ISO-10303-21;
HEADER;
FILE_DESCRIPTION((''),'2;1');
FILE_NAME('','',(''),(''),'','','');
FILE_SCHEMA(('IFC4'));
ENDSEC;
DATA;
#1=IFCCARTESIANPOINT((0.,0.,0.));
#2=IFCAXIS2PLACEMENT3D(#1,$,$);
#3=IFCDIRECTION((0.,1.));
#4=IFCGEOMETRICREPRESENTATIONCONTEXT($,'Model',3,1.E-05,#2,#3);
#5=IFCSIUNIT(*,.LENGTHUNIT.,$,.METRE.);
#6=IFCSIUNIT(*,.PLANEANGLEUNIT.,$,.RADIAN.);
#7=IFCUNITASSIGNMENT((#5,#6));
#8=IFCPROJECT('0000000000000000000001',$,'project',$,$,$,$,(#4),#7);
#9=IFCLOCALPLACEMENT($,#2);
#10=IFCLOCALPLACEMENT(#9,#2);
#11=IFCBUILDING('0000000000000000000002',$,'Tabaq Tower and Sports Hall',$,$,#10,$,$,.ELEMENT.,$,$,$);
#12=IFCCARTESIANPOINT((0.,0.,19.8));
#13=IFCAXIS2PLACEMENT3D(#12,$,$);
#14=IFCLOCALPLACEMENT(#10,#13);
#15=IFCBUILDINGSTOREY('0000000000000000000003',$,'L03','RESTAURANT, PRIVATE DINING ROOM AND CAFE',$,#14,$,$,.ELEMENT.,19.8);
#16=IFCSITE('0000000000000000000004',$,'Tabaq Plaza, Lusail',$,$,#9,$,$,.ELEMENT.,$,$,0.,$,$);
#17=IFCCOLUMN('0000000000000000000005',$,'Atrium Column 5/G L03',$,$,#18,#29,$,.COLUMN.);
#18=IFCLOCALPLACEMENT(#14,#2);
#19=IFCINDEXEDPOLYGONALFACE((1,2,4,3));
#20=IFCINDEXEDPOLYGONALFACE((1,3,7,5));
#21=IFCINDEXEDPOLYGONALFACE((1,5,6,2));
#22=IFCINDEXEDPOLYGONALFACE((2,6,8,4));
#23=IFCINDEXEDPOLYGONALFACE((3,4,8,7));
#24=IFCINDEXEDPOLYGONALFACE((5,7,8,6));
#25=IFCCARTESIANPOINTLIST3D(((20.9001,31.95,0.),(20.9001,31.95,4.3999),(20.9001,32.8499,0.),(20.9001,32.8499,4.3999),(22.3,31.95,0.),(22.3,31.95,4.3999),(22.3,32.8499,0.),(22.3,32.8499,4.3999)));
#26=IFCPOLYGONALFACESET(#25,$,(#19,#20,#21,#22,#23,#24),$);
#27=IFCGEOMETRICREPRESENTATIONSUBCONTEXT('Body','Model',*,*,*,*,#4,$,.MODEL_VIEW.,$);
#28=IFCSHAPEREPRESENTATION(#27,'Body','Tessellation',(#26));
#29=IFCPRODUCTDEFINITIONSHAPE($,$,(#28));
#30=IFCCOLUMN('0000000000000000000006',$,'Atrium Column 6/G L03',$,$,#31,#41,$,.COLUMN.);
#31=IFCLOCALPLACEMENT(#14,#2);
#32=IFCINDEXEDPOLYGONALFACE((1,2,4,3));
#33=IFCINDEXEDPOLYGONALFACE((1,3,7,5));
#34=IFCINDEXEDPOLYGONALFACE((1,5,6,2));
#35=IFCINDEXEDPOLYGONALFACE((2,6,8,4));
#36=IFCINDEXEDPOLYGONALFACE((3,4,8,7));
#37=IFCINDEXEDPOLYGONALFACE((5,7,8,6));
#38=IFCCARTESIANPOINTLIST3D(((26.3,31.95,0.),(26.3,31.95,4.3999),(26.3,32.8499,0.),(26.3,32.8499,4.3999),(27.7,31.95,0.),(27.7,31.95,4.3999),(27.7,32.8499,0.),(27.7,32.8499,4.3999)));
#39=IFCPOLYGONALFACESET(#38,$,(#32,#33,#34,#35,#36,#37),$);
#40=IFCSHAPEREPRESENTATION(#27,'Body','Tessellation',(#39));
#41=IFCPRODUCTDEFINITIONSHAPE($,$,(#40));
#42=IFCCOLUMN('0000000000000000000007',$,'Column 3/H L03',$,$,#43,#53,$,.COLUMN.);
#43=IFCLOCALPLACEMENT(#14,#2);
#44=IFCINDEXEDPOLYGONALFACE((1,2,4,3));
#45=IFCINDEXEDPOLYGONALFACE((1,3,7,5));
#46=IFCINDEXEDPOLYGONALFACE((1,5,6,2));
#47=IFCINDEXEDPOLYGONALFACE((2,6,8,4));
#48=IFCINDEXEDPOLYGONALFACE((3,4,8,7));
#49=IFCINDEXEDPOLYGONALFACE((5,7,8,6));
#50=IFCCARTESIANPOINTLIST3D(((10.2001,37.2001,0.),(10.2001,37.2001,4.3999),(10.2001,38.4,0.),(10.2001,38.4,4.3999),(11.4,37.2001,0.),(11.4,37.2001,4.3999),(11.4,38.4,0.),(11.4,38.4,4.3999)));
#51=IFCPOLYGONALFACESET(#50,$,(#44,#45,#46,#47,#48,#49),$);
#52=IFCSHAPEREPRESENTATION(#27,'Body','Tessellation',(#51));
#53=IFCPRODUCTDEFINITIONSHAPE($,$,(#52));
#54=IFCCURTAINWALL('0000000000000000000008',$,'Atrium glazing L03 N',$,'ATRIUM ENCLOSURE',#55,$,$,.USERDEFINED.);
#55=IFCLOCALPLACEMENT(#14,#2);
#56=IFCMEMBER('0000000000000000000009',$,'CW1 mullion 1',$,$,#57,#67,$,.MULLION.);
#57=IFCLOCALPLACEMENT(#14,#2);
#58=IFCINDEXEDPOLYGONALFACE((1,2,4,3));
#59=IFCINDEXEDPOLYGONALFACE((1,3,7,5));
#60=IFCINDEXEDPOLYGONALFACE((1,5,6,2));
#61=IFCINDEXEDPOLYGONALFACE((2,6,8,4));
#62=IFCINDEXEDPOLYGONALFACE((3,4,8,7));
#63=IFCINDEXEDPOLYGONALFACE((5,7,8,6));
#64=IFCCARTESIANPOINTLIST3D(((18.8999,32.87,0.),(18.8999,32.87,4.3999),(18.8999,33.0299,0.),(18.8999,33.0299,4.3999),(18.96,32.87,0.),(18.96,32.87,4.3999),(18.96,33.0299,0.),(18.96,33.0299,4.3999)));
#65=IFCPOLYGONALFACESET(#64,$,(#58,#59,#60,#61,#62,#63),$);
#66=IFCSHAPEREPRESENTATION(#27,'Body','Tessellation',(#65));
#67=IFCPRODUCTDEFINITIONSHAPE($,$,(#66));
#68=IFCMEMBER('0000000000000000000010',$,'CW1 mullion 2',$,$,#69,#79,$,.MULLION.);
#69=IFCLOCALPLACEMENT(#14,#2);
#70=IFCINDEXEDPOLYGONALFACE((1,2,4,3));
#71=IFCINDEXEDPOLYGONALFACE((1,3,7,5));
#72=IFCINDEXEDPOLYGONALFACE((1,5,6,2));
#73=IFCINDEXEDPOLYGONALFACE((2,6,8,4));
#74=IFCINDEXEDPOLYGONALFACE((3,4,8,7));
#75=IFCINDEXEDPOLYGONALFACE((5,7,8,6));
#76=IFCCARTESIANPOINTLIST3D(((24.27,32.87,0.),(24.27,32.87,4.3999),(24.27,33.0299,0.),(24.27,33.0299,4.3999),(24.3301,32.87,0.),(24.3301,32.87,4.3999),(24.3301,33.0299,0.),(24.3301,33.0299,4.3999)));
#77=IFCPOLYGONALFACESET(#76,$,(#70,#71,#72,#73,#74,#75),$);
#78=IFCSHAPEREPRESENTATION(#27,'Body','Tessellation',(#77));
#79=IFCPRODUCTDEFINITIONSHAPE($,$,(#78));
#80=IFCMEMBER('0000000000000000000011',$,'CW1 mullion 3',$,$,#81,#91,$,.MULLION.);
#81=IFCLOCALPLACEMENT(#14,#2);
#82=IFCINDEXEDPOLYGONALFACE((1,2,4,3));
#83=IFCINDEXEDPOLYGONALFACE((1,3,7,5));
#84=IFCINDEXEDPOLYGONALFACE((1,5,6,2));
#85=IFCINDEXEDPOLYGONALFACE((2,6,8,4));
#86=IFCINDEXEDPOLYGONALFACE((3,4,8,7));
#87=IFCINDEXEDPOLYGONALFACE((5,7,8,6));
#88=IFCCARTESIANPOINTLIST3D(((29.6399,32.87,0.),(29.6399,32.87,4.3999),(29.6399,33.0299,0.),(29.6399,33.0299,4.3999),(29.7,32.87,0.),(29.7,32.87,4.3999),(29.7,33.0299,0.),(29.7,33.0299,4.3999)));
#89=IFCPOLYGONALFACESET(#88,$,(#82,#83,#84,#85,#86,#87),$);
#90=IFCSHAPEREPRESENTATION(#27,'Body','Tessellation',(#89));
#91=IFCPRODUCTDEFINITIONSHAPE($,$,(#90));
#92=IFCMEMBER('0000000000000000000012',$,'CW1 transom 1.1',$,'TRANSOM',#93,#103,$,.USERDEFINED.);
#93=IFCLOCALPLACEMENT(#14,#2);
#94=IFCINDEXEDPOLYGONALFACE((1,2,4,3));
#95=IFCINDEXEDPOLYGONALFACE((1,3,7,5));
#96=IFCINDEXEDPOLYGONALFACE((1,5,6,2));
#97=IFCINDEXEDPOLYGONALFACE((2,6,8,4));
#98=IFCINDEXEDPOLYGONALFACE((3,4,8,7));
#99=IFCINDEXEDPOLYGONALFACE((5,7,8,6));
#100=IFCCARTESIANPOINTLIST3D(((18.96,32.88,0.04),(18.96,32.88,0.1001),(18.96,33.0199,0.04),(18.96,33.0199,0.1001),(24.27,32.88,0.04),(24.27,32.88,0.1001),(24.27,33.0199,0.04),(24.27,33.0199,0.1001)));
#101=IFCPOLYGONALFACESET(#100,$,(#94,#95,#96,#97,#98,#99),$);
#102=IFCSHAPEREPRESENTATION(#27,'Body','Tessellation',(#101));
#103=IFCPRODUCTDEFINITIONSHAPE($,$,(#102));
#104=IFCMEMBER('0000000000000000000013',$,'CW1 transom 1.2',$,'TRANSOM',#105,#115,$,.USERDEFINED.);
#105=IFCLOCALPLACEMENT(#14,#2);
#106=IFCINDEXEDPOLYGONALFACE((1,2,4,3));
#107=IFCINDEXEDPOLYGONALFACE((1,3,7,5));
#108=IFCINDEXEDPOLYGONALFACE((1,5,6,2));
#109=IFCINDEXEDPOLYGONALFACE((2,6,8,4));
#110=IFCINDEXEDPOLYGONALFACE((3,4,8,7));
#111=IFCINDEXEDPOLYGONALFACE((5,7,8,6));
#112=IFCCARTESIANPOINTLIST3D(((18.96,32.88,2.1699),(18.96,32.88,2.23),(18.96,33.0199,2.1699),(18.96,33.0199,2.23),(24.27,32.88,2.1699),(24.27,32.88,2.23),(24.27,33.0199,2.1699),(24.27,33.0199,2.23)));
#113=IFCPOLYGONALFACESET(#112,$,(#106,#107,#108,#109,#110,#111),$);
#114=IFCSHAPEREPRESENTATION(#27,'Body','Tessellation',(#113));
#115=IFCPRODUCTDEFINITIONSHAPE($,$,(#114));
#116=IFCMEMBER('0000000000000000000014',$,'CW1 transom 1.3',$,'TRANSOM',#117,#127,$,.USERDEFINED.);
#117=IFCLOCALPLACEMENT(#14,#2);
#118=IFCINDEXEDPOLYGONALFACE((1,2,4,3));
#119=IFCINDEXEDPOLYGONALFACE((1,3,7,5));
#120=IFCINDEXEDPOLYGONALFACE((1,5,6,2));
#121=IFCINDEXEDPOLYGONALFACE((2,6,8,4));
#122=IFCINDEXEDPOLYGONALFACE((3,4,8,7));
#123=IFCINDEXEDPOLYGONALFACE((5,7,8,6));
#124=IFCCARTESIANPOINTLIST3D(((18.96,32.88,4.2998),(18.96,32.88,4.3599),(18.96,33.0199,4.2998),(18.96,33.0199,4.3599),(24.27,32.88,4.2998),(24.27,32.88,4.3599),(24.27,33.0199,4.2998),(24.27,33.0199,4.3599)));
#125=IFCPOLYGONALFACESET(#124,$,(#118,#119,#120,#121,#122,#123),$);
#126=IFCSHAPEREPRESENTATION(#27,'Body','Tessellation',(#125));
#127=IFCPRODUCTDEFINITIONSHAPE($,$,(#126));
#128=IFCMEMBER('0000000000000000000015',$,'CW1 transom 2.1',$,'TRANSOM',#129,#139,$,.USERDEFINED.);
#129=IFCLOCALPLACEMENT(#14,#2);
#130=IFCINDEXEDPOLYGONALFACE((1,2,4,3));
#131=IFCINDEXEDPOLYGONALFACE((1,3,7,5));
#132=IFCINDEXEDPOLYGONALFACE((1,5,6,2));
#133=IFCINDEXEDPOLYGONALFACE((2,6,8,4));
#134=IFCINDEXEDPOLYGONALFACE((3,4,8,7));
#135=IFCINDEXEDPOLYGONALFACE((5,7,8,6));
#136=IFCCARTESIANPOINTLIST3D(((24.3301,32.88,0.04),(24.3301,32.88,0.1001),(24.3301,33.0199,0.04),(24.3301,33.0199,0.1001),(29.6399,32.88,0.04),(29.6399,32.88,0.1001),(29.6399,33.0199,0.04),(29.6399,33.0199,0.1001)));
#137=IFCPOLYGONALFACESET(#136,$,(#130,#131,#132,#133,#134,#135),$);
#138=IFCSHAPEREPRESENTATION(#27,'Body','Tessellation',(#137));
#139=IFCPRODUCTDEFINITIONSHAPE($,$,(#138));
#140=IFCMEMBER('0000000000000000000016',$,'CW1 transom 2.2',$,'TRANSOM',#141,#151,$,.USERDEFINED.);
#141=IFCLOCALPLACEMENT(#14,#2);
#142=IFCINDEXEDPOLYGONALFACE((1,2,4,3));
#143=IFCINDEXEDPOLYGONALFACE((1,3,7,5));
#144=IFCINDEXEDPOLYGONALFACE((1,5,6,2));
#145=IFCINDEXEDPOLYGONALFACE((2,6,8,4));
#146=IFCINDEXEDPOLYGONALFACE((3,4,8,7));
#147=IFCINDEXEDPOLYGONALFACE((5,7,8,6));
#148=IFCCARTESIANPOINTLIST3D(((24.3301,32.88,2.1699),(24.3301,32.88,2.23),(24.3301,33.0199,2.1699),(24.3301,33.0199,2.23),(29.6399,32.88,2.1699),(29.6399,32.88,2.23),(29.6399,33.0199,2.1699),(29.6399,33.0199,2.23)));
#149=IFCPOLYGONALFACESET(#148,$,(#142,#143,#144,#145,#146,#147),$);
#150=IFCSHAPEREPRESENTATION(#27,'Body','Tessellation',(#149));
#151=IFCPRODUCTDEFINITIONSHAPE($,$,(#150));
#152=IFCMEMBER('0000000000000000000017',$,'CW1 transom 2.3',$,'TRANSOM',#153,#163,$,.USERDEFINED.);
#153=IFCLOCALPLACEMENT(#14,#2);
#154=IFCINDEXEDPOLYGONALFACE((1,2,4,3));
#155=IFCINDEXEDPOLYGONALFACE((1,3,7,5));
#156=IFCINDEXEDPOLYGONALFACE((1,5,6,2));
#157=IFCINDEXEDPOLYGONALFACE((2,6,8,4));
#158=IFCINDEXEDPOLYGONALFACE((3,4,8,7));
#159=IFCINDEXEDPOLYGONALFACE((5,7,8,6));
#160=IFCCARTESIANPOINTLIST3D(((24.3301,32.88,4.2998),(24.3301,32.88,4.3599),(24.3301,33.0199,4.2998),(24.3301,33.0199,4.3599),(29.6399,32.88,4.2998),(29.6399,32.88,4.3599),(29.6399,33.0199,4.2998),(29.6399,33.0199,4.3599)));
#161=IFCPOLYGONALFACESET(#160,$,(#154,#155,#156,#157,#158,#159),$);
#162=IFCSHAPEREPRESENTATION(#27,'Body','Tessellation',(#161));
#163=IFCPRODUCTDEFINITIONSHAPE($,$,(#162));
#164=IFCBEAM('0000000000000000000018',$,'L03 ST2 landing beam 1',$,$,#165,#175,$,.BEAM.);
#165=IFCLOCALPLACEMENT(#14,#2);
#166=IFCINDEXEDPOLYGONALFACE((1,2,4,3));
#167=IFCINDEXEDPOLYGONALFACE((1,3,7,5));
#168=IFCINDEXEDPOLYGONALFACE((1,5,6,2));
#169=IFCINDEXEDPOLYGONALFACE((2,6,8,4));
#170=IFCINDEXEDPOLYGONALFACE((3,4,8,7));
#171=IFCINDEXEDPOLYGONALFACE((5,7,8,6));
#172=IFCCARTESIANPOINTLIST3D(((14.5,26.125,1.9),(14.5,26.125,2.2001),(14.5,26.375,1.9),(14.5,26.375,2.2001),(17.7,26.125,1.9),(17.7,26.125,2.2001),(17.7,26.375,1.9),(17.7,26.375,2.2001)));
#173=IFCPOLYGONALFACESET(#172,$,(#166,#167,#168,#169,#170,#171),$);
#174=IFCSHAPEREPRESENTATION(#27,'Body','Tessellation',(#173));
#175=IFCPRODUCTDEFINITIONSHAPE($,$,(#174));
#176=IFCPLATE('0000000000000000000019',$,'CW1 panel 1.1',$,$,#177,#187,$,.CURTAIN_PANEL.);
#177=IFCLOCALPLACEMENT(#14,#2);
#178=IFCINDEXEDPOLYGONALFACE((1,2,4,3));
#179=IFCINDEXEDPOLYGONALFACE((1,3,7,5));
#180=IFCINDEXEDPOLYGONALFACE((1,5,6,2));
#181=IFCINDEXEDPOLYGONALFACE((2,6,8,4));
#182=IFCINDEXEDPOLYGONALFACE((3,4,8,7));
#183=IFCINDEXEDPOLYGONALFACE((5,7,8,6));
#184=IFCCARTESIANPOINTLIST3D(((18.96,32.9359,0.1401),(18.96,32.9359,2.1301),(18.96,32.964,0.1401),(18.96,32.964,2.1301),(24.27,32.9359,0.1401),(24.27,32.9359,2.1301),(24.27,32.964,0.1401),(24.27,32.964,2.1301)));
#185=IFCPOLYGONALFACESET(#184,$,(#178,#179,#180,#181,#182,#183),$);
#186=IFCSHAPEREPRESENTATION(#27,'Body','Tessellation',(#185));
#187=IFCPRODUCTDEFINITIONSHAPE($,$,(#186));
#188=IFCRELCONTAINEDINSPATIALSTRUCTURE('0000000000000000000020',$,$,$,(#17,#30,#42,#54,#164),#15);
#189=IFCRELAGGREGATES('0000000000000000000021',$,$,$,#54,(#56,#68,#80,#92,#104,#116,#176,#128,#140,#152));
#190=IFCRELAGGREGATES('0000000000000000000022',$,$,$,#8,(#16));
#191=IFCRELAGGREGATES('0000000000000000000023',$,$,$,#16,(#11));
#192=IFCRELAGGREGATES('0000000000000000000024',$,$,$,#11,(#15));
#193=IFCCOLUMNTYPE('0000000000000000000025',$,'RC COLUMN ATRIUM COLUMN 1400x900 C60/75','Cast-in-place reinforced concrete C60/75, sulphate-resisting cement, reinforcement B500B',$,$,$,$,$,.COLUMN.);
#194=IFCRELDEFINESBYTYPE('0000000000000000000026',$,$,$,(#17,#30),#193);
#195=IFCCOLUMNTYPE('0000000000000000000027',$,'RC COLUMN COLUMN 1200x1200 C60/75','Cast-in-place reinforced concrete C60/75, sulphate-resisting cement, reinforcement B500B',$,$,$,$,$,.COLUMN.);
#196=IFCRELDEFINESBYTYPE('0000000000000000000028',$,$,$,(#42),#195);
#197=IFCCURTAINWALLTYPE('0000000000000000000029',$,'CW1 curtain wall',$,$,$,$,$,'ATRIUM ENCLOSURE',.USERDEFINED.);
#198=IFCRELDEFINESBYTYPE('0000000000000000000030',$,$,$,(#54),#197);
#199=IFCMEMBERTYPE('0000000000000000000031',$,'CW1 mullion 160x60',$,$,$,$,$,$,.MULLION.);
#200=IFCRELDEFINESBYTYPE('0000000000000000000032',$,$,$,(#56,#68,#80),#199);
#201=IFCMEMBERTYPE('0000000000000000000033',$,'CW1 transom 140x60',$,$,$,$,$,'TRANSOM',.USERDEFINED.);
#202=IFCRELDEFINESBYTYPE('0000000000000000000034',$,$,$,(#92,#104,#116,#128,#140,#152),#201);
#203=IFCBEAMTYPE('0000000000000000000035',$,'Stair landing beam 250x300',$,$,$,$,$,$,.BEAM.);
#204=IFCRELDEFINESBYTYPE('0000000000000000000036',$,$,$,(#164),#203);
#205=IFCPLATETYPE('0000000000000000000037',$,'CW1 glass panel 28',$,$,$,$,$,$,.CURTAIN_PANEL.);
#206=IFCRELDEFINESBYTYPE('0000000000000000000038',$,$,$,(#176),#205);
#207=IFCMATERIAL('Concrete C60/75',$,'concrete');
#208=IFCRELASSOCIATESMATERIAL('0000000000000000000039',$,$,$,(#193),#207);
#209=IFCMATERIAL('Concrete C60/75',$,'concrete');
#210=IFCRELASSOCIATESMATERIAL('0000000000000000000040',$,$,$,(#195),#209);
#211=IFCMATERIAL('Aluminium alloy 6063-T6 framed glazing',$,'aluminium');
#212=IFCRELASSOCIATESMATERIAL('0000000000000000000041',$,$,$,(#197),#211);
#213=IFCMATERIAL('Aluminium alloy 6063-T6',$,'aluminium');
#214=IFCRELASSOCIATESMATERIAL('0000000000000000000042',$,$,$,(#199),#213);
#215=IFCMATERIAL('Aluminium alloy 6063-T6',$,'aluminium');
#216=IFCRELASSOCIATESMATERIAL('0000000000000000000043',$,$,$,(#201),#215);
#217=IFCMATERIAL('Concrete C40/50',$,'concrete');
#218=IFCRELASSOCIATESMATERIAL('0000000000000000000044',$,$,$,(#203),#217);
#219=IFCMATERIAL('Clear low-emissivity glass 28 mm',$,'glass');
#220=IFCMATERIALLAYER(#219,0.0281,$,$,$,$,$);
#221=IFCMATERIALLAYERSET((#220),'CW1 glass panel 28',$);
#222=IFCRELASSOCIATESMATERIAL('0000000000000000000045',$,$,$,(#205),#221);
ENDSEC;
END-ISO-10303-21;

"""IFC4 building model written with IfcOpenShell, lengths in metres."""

from ifc_helpers import new_model, si_unit, direction, frame, origin, origin_2d, place, context, subcontext, project, spatial, rectangle, extrude, material, layer, layer_set, material_profile, profile_set, type_object, element, aggregate, save


model = new_model("IFC4")

# Units and contexts
model_context = context("Model", 3, precision=1e-05, world=origin(), true_north=direction((0.0, 1.0)))
body_context = subcontext(model_context, "Body", "Model", "MODEL_VIEW")
ifc_project = project(units=[si_unit("LENGTHUNIT", "METRE"), si_unit("PLANEANGLEUNIT", "RADIAN")], contexts=[model_context])

# Site, building, storey
site_placement = place(None, origin())
site = spatial("IfcSite", under=ifc_project, at=site_placement, Name="Tabaq Plaza, Lusail", CompositionType="ELEMENT", RefElevation=0.0)
building_placement = place(site_placement, origin())
building = spatial("IfcBuilding", under=site, at=building_placement, Name="Tabaq Tower and Sports Hall", CompositionType="ELEMENT")
storey_placement = place(building_placement, frame((0.0, 0.0, 19.8)))
storey = spatial("IfcBuildingStorey", under=building, at=storey_placement, Name="L03", Description="RESTAURANT, PRIVATE DINING ROOM AND CAFE", CompositionType="ELEMENT", Elevation=19.8)

# Columns
ifc_material_1 = material(Name="Concrete C60/75", Category="concrete")
ifc_material_profile_1 = material_profile(ifc_material_1, rectangle(XDim=1.3999, YDim=0.8999, at=origin_2d()), Name="ATRIUM COLUMN 1400x900")
ifc_profile_set_1 = profile_set([ifc_material_profile_1], Name="Concrete C60/75")
column_type_1 = type_object("IfcColumnType", Name="RC COLUMN ATRIUM COLUMN 1400x900 C60/75", Description="Cast-in-place reinforced concrete C60/75, sulphate-resisting cement, reinforcement B500B", PredefinedType="COLUMN", material=ifc_profile_set_1)
for number, where, z_axis, x_axis, name in (
    (1, (21.6001, 32.3999, 0.0), (0.0, 0.0, 1.0), (1.0, 0.0, 0.0), "Atrium Column 5/G L03"),
    (2, (27.0, 32.3999, 0.0), (0.0, 0.0, 1.0), (1.0, 0.0, 0.0), "Atrium Column 6/G L03"),
):
    element("IfcColumn", number, at=place(storey_placement, frame(where, z_axis=z_axis, x_axis=x_axis)), inside=storey, type_object=column_type_1, Name=name, PredefinedType="COLUMN", context=body_context, shape_type="SweptSolid", body=[
        extrude(rectangle(XDim=1.3999, YDim=0.8999, at=origin_2d()), origin(), (0.0, 0.0, 1.0), 4.3999),
    ])
ifc_material_2 = material(Name="Concrete C60/75", Category="concrete")
ifc_material_profile_2 = material_profile(ifc_material_2, rectangle(XDim=1.2, YDim=1.2, at=origin_2d()), Name="COLUMN 1200x1200")
ifc_profile_set_2 = profile_set([ifc_material_profile_2], Name="Concrete C60/75")
column_type_2 = type_object("IfcColumnType", Name="RC COLUMN COLUMN 1200x1200 C60/75", Description="Cast-in-place reinforced concrete C60/75, sulphate-resisting cement, reinforcement B500B", PredefinedType="COLUMN", material=ifc_profile_set_2)
column_placement = place(storey_placement, frame((10.8, 37.8, 0.0), z_axis=(0.0, 0.0, 1.0), x_axis=(1.0, 0.0, 0.0)))
element("IfcColumn", 3, at=column_placement, inside=storey, type_object=column_type_2, Name="Column 3/H L03", PredefinedType="COLUMN", context=body_context, shape_type="SweptSolid", body=[
    extrude(rectangle(XDim=1.2, YDim=1.2, at=origin_2d()), origin(), (0.0, 0.0, 1.0), 4.3999),
])

# Curtain wall, members
ifc_material_3 = material(Name="Aluminium alloy 6063-T6 framed glazing", Category="aluminium")
curtain_wall_type = type_object("IfcCurtainWallType", Name="CW1 curtain wall", ElementType="ATRIUM ENCLOSURE", PredefinedType="USERDEFINED", material=ifc_material_3)
curtain_wall_placement = place(storey_placement, origin())
curtain_wall = element("IfcCurtainWall", 4, at=curtain_wall_placement, inside=storey, type_object=curtain_wall_type, Name="Atrium glazing L03 N", ObjectType="ATRIUM ENCLOSURE", PredefinedType="USERDEFINED")
ifc_material_4 = material(Name="Aluminium alloy 6063-T6", Category="aluminium")
ifc_material_profile_3 = material_profile(ifc_material_4, rectangle(XDim=0.1599, YDim=0.0601, at=origin_2d()), Name="MULLION 160x60")
ifc_profile_set_3 = profile_set([ifc_material_profile_3], Name="Aluminium alloy 6063-T6")
member_type_1 = type_object("IfcMemberType", Name="CW1 mullion 160x60", PredefinedType="MULLION", material=ifc_profile_set_3)
member_1_placement = place(storey_placement, frame((18.9299, 32.95, 0.0), z_axis=(0.0, 0.0, 1.0), x_axis=(0.0, 1.0, 0.0)))
member_1 = element("IfcMember", 5, at=member_1_placement, type_object=member_type_1, Name="CW1 mullion 1", PredefinedType="MULLION", context=body_context, shape_type="SweptSolid", body=[
    extrude(rectangle(XDim=0.1599, YDim=0.0601, at=origin_2d()), origin(), (0.0, 0.0, 1.0), 4.3999),
])
member_2_placement = place(storey_placement, frame((24.3, 32.95, 0.0), z_axis=(0.0, 0.0, 1.0), x_axis=(0.0, 1.0, 0.0)))
member_2 = element("IfcMember", 6, at=member_2_placement, type_object=member_type_1, Name="CW1 mullion 2", PredefinedType="MULLION", context=body_context, shape_type="SweptSolid", body=[
    extrude(rectangle(XDim=0.1599, YDim=0.0601, at=origin_2d()), origin(), (0.0, 0.0, 1.0), 4.3999),
])
member_3_placement = place(storey_placement, frame((29.6699, 32.95, 0.0), z_axis=(0.0, 0.0, 1.0), x_axis=(0.0, 1.0, 0.0)))
member_3 = element("IfcMember", 7, at=member_3_placement, type_object=member_type_1, Name="CW1 mullion 3", PredefinedType="MULLION", context=body_context, shape_type="SweptSolid", body=[
    extrude(rectangle(XDim=0.1599, YDim=0.0601, at=origin_2d()), origin(), (0.0, 0.0, 1.0), 4.3999),
])
ifc_material_5 = material(Name="Aluminium alloy 6063-T6", Category="aluminium")
ifc_material_profile_4 = material_profile(ifc_material_5, rectangle(XDim=0.1399, YDim=0.0601, at=origin_2d()), Name="TRANSOM 140x60")
ifc_profile_set_4 = profile_set([ifc_material_profile_4], Name="Aluminium alloy 6063-T6")
member_type_2 = type_object("IfcMemberType", Name="CW1 transom 140x60", ElementType="TRANSOM", PredefinedType="USERDEFINED", material=ifc_profile_set_4)
member_4_placement = place(storey_placement, frame((18.96, 32.95, 0.0701), z_axis=(1.0, 0.0, 0.0), x_axis=(0.0, 1.0, 0.0)))
member_4 = element("IfcMember", 8, at=member_4_placement, type_object=member_type_2, Name="CW1 transom 1.1", ObjectType="TRANSOM", PredefinedType="USERDEFINED", context=body_context, shape_type="SweptSolid", body=[
    extrude(rectangle(XDim=0.1399, YDim=0.0601, at=origin_2d()), origin(), (0.0, 0.0, 1.0), 5.3101),
])
member_5_placement = place(storey_placement, frame((18.96, 32.95, 2.2), z_axis=(1.0, 0.0, 0.0), x_axis=(0.0, 1.0, 0.0)))
member_5 = element("IfcMember", 9, at=member_5_placement, type_object=member_type_2, Name="CW1 transom 1.2", ObjectType="TRANSOM", PredefinedType="USERDEFINED", context=body_context, shape_type="SweptSolid", body=[
    extrude(rectangle(XDim=0.1399, YDim=0.0601, at=origin_2d()), origin(), (0.0, 0.0, 1.0), 5.3101),
])
member_6_placement = place(storey_placement, frame((18.96, 32.95, 4.3298), z_axis=(1.0, 0.0, 0.0), x_axis=(0.0, 1.0, 0.0)))
member_6 = element("IfcMember", 10, at=member_6_placement, type_object=member_type_2, Name="CW1 transom 1.3", ObjectType="TRANSOM", PredefinedType="USERDEFINED", context=body_context, shape_type="SweptSolid", body=[
    extrude(rectangle(XDim=0.1399, YDim=0.0601, at=origin_2d()), origin(), (0.0, 0.0, 1.0), 5.3101),
])
member_7_placement = place(storey_placement, frame((24.3301, 32.95, 0.0701), z_axis=(1.0, 0.0, 0.0), x_axis=(0.0, 1.0, 0.0)))
member_7 = element("IfcMember", 11, at=member_7_placement, type_object=member_type_2, Name="CW1 transom 2.1", ObjectType="TRANSOM", PredefinedType="USERDEFINED", context=body_context, shape_type="SweptSolid", body=[
    extrude(rectangle(XDim=0.1399, YDim=0.0601, at=origin_2d()), origin(), (0.0, 0.0, 1.0), 5.3098),
])
member_8_placement = place(storey_placement, frame((24.3301, 32.95, 2.2), z_axis=(1.0, 0.0, 0.0), x_axis=(0.0, 1.0, 0.0)))
member_8 = element("IfcMember", 12, at=member_8_placement, type_object=member_type_2, Name="CW1 transom 2.2", ObjectType="TRANSOM", PredefinedType="USERDEFINED", context=body_context, shape_type="SweptSolid", body=[
    extrude(rectangle(XDim=0.1399, YDim=0.0601, at=origin_2d()), origin(), (0.0, 0.0, 1.0), 5.3098),
])
member_9_placement = place(storey_placement, frame((24.3301, 32.95, 4.3298), z_axis=(1.0, 0.0, 0.0), x_axis=(0.0, 1.0, 0.0)))
member_9 = element("IfcMember", 13, at=member_9_placement, type_object=member_type_2, Name="CW1 transom 2.3", ObjectType="TRANSOM", PredefinedType="USERDEFINED", context=body_context, shape_type="SweptSolid", body=[
    extrude(rectangle(XDim=0.1399, YDim=0.0601, at=origin_2d()), origin(), (0.0, 0.0, 1.0), 5.3098),
])

# Beam
ifc_material_6 = material(Name="Concrete C40/50", Category="concrete")
ifc_material_profile_5 = material_profile(ifc_material_6, rectangle(XDim=0.25, YDim=0.3, at=origin_2d()), Name="RC 250x300")
ifc_profile_set_5 = profile_set([ifc_material_profile_5], Name="Concrete C40/50")
beam_type = type_object("IfcBeamType", Name="Stair landing beam 250x300", PredefinedType="BEAM", material=ifc_profile_set_5)
beam_placement = place(storey_placement, frame((14.5, 26.25, 2.05), z_axis=(1.0, 0.0, 0.0), x_axis=(0.0, 1.0, 0.0)))
element("IfcBeam", 14, at=beam_placement, inside=storey, type_object=beam_type, Name="L03 ST2 landing beam 1", PredefinedType="BEAM", context=body_context, shape_type="SweptSolid", body=[
    extrude(rectangle(XDim=0.25, YDim=0.3, at=origin_2d()), origin(), (0.0, 0.0, 1.0), 3.2),
])

# Plate
ifc_material_7 = material(Name="Clear low-emissivity glass 28 mm", Category="glass")
ifc_layer_1 = layer(ifc_material_7, 0.0281)
ifc_layer_set_1 = layer_set([ifc_layer_1], Name="CW1 glass panel 28")
plate_type = type_object("IfcPlateType", Name="CW1 glass panel 28", PredefinedType="CURTAIN_PANEL", material=ifc_layer_set_1)
plate_1_placement = place(storey_placement, frame((21.615, 32.95, 0.1401), z_axis=(0.0, 0.0, 1.0), x_axis=(1.0, 0.0, 0.0)))
plate_1 = element("IfcPlate", 15, at=plate_1_placement, type_object=plate_type, Name="CW1 panel 1.1", PredefinedType="CURTAIN_PANEL", context=body_context, shape_type="SweptSolid", body=[
    extrude(rectangle(XDim=5.3101, YDim=0.0281, at=origin_2d()), origin(), (0.0, 0.0, 1.0), 1.99),
])
aggregate(curtain_wall, [member_1, member_2, member_3, member_4, member_5, member_6, plate_1, member_7, member_8, member_9])

save(model, "model.ifc")
